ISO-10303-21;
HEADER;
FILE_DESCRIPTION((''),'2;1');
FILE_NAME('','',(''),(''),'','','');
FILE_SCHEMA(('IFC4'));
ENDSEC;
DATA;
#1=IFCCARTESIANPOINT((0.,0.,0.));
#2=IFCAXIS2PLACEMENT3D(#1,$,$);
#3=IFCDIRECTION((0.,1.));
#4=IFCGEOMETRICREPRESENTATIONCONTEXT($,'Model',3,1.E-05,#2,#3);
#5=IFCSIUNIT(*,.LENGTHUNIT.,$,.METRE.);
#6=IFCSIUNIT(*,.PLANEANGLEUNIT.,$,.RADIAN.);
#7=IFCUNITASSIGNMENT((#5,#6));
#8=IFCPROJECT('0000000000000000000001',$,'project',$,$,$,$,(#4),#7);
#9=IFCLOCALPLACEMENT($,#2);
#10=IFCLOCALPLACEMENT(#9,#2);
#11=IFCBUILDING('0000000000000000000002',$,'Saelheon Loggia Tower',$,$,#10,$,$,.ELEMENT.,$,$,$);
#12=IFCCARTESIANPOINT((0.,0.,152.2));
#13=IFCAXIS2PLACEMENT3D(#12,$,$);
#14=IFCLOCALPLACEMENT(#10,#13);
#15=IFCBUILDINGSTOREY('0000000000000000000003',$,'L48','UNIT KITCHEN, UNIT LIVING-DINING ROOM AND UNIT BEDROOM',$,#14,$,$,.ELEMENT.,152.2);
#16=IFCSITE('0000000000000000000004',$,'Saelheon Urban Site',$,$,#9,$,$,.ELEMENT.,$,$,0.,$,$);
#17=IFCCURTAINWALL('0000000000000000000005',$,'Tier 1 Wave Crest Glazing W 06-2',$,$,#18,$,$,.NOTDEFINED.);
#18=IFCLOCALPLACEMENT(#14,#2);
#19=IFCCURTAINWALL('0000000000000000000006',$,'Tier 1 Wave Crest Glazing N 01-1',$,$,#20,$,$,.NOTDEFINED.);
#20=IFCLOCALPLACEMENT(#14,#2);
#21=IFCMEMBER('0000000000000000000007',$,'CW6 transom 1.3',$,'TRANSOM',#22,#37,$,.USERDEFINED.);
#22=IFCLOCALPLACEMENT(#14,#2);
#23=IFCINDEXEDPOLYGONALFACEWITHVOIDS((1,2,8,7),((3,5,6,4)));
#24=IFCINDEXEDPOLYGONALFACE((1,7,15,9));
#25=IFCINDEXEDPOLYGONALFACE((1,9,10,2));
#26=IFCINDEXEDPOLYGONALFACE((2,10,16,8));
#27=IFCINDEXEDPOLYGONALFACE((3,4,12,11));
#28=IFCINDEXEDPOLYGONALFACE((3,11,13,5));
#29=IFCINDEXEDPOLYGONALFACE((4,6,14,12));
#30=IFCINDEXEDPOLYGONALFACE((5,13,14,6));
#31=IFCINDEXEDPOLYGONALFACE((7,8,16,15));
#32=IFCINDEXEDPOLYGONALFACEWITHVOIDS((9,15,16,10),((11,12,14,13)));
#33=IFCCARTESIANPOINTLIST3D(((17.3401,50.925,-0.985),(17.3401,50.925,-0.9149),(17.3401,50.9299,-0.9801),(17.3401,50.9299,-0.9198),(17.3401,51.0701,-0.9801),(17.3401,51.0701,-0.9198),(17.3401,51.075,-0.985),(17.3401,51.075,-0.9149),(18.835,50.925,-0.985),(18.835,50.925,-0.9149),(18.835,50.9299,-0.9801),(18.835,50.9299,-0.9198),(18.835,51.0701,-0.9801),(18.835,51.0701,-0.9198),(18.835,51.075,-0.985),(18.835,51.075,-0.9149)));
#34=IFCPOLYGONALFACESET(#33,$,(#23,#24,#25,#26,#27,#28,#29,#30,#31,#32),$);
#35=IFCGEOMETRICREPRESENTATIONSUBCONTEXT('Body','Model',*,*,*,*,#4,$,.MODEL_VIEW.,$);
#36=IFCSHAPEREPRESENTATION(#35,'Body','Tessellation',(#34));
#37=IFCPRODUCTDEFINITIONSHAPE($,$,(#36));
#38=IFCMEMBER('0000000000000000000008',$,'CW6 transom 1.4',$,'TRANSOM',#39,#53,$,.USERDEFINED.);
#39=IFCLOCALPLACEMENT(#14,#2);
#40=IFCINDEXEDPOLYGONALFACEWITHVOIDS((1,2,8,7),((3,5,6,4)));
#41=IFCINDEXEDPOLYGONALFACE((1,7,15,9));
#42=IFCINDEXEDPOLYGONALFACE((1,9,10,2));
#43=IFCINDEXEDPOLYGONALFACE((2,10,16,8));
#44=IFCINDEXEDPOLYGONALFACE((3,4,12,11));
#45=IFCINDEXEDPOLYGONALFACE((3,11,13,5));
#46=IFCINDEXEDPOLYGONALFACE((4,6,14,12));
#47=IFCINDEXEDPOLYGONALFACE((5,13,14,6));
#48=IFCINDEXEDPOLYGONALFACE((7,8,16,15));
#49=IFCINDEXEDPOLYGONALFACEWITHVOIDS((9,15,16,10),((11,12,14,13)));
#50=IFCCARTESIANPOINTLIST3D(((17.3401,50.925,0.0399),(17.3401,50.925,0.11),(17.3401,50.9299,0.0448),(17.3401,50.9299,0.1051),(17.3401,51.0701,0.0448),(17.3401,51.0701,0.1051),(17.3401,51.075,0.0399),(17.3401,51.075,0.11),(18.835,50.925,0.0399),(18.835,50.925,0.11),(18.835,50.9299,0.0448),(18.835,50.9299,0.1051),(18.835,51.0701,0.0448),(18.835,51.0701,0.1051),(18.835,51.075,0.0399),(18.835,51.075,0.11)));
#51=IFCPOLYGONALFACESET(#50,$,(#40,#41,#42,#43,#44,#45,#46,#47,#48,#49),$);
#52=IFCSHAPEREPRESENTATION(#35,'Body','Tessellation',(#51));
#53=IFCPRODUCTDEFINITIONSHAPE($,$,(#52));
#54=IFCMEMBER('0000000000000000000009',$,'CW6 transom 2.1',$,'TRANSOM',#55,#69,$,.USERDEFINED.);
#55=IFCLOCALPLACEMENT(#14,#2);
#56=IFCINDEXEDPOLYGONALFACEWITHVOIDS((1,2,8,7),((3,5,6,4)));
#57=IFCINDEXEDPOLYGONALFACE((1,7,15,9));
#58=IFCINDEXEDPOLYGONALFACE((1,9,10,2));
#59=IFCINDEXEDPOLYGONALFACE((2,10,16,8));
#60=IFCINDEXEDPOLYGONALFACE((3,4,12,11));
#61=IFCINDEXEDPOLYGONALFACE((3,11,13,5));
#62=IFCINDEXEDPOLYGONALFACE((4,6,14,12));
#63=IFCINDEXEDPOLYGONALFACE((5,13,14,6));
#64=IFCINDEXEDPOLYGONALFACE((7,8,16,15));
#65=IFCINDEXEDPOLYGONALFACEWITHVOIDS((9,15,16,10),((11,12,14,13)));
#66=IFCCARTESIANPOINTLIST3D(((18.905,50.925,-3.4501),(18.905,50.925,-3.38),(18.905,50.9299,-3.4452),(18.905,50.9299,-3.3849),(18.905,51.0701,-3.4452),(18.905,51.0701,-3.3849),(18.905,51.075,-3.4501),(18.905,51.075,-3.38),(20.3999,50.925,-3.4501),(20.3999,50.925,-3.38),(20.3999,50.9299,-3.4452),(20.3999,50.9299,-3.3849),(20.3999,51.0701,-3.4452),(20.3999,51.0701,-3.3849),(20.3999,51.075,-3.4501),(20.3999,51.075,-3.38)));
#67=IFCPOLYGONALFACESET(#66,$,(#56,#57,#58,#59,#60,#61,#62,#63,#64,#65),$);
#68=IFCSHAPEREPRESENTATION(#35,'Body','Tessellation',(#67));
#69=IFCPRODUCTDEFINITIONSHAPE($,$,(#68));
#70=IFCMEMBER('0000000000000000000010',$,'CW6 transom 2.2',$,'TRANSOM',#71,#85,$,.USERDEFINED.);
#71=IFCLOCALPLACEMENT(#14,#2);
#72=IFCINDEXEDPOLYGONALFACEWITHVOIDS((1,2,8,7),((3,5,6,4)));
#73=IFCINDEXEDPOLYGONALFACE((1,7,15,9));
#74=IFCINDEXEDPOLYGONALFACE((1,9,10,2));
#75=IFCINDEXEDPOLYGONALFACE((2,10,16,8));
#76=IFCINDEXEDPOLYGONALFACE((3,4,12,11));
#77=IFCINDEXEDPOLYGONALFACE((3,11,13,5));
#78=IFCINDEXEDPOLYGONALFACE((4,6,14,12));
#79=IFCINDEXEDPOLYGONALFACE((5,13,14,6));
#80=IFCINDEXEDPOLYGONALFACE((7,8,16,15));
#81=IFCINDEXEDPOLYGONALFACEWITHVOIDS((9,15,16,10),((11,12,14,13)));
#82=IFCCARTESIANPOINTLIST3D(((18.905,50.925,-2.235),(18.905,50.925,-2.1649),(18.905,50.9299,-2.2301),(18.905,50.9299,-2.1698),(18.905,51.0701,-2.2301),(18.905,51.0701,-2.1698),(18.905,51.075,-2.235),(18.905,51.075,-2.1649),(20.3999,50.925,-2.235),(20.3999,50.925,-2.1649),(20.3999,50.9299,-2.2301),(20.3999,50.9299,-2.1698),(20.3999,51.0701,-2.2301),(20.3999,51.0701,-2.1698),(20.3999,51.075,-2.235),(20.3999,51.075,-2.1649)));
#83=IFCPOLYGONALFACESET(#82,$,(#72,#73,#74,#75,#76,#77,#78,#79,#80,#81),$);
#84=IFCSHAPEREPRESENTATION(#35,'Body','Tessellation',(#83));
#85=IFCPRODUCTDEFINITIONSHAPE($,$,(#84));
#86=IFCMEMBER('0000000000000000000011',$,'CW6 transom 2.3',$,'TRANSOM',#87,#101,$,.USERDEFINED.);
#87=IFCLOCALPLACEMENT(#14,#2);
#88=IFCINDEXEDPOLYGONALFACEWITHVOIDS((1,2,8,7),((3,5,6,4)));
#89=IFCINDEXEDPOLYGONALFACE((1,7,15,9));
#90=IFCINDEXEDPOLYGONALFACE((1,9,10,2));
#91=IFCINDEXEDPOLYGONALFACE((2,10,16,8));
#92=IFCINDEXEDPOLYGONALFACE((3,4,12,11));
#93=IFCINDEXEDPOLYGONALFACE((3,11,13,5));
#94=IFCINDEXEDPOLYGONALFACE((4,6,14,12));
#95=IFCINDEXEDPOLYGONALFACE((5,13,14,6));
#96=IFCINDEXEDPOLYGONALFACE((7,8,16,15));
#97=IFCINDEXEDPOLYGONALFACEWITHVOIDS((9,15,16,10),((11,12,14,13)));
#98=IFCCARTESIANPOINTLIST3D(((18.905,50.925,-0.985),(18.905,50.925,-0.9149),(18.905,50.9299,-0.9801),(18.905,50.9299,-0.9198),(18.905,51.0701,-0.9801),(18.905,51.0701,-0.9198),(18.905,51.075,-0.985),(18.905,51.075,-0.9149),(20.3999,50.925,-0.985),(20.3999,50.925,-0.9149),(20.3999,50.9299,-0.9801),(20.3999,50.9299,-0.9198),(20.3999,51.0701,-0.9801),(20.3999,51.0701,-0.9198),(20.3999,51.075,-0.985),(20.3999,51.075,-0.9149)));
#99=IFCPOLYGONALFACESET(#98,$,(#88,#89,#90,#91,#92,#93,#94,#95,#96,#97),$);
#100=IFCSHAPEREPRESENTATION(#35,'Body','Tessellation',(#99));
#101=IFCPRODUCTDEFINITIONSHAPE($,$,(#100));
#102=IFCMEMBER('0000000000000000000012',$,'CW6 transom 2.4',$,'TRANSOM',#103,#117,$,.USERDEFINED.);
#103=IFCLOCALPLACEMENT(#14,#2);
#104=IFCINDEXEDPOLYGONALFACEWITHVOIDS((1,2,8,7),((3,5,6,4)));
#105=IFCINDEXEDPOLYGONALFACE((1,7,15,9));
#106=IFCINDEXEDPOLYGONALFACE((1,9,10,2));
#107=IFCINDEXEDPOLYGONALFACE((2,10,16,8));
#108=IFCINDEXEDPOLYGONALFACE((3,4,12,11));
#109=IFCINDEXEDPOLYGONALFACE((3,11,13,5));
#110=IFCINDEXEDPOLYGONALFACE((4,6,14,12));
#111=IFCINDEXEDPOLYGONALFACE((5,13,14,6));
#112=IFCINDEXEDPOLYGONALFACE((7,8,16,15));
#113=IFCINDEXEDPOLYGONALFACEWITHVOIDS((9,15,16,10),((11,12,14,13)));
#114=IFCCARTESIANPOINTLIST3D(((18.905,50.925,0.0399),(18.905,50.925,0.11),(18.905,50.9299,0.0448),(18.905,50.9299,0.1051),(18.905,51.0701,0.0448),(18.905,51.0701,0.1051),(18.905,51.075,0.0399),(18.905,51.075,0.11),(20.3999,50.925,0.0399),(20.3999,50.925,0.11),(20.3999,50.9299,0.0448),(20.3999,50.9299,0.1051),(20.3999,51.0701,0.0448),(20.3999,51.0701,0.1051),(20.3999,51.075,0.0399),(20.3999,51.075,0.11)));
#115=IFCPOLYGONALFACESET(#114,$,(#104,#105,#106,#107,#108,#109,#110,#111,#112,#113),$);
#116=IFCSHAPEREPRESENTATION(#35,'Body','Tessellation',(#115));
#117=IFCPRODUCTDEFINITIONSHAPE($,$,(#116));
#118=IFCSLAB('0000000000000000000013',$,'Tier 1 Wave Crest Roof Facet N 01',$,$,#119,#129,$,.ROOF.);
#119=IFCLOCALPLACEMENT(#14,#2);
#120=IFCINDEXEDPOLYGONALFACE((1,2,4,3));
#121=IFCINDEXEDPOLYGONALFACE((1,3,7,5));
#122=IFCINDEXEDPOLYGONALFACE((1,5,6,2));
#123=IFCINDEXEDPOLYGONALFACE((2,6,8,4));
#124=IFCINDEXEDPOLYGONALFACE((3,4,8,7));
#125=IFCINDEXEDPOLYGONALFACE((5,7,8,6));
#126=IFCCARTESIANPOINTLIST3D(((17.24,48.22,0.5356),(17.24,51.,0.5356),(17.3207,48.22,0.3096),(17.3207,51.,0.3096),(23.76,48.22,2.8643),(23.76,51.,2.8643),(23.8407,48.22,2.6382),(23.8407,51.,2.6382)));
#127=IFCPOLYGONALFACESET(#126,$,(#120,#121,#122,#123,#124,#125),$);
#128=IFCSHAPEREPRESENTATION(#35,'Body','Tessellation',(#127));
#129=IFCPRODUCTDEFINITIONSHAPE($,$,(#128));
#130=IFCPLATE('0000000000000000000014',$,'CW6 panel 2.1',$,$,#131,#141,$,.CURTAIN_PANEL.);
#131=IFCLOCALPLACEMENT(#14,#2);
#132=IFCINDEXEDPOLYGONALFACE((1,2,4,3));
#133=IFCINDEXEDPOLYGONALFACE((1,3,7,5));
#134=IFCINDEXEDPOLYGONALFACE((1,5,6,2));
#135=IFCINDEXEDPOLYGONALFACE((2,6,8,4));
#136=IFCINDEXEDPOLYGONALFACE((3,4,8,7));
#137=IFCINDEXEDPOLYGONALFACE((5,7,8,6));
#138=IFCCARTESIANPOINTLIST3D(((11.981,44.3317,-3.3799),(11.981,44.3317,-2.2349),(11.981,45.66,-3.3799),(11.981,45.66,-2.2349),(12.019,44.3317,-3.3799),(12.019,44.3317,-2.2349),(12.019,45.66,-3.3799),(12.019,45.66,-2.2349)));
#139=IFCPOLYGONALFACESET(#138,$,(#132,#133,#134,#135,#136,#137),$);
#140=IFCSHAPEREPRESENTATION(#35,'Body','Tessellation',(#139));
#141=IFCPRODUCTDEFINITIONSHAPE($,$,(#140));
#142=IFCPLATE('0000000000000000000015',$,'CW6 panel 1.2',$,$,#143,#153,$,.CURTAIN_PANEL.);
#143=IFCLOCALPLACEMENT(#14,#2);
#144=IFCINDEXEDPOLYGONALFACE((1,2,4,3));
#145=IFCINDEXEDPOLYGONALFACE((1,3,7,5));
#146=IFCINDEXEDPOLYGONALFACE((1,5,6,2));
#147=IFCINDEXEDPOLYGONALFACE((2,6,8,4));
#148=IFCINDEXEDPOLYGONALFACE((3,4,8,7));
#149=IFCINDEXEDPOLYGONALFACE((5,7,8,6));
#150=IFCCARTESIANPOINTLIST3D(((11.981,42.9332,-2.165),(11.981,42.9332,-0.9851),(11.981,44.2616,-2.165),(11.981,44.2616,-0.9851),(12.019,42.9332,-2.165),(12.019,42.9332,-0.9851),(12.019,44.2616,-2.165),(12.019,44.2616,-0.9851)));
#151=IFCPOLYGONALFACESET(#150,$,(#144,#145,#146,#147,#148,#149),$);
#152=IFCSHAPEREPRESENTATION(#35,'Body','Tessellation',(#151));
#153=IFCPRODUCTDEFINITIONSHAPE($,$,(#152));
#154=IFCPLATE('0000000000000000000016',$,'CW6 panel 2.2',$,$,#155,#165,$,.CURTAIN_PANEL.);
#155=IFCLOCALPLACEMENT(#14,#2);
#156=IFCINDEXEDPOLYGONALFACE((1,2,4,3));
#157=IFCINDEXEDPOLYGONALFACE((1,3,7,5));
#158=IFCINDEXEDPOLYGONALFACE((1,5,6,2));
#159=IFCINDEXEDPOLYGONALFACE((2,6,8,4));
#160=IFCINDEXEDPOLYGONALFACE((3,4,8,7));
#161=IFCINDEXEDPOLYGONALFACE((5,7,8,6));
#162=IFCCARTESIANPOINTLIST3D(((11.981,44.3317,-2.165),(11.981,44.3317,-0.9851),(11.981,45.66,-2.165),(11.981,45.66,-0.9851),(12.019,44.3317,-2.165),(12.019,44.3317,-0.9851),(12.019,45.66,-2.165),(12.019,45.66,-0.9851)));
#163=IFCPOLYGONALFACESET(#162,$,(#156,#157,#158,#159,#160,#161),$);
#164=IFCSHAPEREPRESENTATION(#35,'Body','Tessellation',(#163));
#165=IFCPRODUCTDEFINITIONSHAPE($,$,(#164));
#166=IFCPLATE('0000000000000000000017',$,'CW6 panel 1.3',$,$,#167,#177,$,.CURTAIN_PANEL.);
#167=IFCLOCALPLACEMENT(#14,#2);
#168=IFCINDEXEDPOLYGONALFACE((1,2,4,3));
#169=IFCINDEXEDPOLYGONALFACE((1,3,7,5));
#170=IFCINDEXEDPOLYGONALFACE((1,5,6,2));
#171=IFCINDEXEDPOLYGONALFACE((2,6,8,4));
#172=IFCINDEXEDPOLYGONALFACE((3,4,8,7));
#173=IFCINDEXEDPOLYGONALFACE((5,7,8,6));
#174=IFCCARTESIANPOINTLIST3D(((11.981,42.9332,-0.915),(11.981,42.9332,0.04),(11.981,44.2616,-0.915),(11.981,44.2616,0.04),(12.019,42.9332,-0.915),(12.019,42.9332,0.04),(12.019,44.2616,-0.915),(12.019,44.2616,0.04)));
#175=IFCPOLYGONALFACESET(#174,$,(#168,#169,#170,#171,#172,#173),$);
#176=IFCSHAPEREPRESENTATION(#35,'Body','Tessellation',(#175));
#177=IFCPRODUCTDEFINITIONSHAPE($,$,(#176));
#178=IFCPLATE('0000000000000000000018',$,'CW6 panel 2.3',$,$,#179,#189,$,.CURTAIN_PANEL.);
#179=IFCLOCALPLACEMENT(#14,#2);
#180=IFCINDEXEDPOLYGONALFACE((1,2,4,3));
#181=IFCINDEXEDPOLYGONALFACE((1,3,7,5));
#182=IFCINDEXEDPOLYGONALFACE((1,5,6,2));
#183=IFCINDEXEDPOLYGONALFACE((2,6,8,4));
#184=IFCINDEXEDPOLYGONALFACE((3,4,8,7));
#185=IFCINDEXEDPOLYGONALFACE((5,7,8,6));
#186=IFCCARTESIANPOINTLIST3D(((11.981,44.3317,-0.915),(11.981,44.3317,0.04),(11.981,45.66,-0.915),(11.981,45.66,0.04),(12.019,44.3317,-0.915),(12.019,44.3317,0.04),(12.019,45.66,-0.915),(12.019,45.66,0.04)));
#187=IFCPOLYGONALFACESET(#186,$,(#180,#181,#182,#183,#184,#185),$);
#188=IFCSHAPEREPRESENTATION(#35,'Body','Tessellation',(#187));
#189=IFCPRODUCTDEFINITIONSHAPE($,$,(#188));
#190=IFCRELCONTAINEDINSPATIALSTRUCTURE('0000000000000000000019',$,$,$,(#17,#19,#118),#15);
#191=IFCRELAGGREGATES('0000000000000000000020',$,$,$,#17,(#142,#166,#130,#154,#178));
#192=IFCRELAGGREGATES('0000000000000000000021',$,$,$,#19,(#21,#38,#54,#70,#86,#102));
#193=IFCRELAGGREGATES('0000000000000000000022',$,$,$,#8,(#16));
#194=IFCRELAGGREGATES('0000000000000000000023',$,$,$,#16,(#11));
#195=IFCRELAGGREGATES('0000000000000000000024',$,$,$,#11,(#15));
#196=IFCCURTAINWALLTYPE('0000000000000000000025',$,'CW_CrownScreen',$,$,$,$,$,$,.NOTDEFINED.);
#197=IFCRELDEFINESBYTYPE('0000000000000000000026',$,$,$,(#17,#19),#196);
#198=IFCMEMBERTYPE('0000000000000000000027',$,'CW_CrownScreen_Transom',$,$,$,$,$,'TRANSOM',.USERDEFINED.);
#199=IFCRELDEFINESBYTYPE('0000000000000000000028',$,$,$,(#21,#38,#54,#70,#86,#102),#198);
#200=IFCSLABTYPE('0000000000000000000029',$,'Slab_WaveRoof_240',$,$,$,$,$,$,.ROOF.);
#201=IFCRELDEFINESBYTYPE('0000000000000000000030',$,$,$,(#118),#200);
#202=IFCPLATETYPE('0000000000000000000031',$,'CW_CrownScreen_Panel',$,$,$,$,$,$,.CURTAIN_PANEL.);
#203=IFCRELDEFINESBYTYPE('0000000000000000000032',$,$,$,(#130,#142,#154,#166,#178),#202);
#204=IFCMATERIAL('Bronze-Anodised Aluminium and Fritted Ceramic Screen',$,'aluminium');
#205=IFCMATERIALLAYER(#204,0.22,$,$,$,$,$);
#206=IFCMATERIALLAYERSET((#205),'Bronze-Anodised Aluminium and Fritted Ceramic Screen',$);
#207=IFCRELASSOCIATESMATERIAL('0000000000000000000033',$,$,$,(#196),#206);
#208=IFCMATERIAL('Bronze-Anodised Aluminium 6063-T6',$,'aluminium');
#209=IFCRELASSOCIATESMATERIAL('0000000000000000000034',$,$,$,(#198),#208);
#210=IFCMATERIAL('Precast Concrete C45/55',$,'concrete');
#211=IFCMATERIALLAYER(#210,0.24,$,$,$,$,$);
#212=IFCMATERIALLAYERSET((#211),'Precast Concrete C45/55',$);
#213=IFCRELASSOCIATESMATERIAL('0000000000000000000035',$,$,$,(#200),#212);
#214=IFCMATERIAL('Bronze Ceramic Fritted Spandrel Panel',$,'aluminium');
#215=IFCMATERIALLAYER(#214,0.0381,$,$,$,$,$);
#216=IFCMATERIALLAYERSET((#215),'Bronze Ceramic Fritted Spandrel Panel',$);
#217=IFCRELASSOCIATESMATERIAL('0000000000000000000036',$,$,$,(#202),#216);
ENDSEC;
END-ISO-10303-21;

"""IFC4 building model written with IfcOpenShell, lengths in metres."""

from ifc_helpers import new_model, si_unit, direction, frame, origin, origin_2d, place, context, subcontext, project, spatial, polyline, rectangle, hollow_rectangle, outline, extrude, source, transform, mapped, material, layer, layer_set, material_profile, profile_set, type_object, element, aggregate, save


model = new_model("IFC4")

# Units and contexts
model_context = context("Model", 3, precision=1e-05, world=origin(), true_north=direction((0.0, 1.0)))
body_context = subcontext(model_context, "Body", "Model", "MODEL_VIEW")
ifc_project = project(units=[si_unit("LENGTHUNIT", "METRE"), si_unit("PLANEANGLEUNIT", "RADIAN")], contexts=[model_context])

# Site, building, storey
site_placement = place(None, origin())
site = spatial("IfcSite", under=ifc_project, at=site_placement, Name="Saelheon Urban Site", CompositionType="ELEMENT", RefElevation=0.0)
building_placement = place(site_placement, origin())
building = spatial("IfcBuilding", under=site, at=building_placement, Name="Saelheon Loggia Tower", CompositionType="ELEMENT")
storey_placement = place(building_placement, frame((0.0, 0.0, 152.2)))
storey = spatial("IfcBuildingStorey", under=building, at=storey_placement, Name="L48", Description="UNIT KITCHEN, UNIT LIVING-DINING ROOM AND UNIT BEDROOM", CompositionType="ELEMENT", Elevation=152.2)

# Curtain walls
ifc_material_1 = material(Name="Bronze-Anodised Aluminium and Fritted Ceramic Screen", Category="aluminium")
ifc_layer_1 = layer(ifc_material_1, 0.22)
ifc_layer_set_1 = layer_set([ifc_layer_1], Name="Bronze-Anodised Aluminium and Fritted Ceramic Screen")
curtain_wall_type = type_object("IfcCurtainWallType", Name="CW_CrownScreen", PredefinedType="NOTDEFINED", material=ifc_layer_set_1)
curtain_wall_1_placement = place(storey_placement, origin())
curtain_wall_1 = element("IfcCurtainWall", 1, at=curtain_wall_1_placement, inside=storey, type_object=curtain_wall_type, Name="Tier 1 Wave Crest Glazing W 06-2", PredefinedType="NOTDEFINED")
ifc_material_2 = material(Name="Bronze-Anodised Aluminium 6063-T6", Category="aluminium")
curtain_wall_2_placement = place(storey_placement, origin())
curtain_wall_2 = element("IfcCurtainWall", 2, at=curtain_wall_2_placement, inside=storey, type_object=curtain_wall_type, Name="Tier 1 Wave Crest Glazing N 01-1", PredefinedType="NOTDEFINED")

# Members
ifc_material_profile_1 = material_profile(ifc_material_2, hollow_rectangle(XDim=0.0701, YDim=0.1499, WallThickness=0.0049, at=origin_2d()), Name="RHS-150x70x5")
ifc_profile_set_1 = profile_set([ifc_material_profile_1], Name="Bronze-Anodised Aluminium 6063-T6")
member_type_1 = type_object("IfcMemberType", Name="CW_CrownScreen_Transom", ElementType="TRANSOM", PredefinedType="USERDEFINED", material=ifc_profile_set_1)
shared_shape_1 = source(origin(), body_context, "Body", "SweptSolid", [
    extrude(hollow_rectangle(XDim=0.0701, YDim=0.1499, WallThickness=0.0049, at=origin_2d()), origin(), (0.0, 0.0, 1.0), 1.4949),
])
member_1_placement = place(storey_placement, frame((17.3401, 51.0, -0.95), z_axis=(1.0, 0.0, 0.0), x_axis=(0.0, 0.0, 1.0)))
member_1 = element("IfcMember", 3, at=member_1_placement, type_object=member_type_1, Name="CW6 transom 1.3", ObjectType="TRANSOM", PredefinedType="USERDEFINED", context=body_context, shape_type="MappedRepresentation", body=[
    mapped(shared_shape_1, transform((0.0, 0.0, 0.0), scale=1.0)),
])
member_2_placement = place(storey_placement, frame((17.3401, 51.0, 0.075), z_axis=(1.0, 0.0, 0.0), x_axis=(0.0, 0.0, 1.0)))
member_2 = element("IfcMember", 4, at=member_2_placement, type_object=member_type_1, Name="CW6 transom 1.4", ObjectType="TRANSOM", PredefinedType="USERDEFINED", context=body_context, shape_type="MappedRepresentation", body=[
    mapped(shared_shape_1, transform((0.0, 0.0, 0.0), scale=1.0)),
])
member_3_placement = place(storey_placement, frame((18.905, 51.0, -3.415), z_axis=(1.0, 0.0, 0.0), x_axis=(0.0, 0.0, 1.0)))
member_3 = element("IfcMember", 5, at=member_3_placement, type_object=member_type_1, Name="CW6 transom 2.1", ObjectType="TRANSOM", PredefinedType="USERDEFINED", context=body_context, shape_type="MappedRepresentation", body=[
    mapped(shared_shape_1, transform((0.0, 0.0, 0.0), scale=1.0)),
])
member_4_placement = place(storey_placement, frame((18.905, 51.0, -2.2), z_axis=(1.0, 0.0, 0.0), x_axis=(0.0, 0.0, 1.0)))
member_4 = element("IfcMember", 6, at=member_4_placement, type_object=member_type_1, Name="CW6 transom 2.2", ObjectType="TRANSOM", PredefinedType="USERDEFINED", context=body_context, shape_type="MappedRepresentation", body=[
    mapped(shared_shape_1, transform((0.0, 0.0, 0.0), scale=1.0)),
])
member_5_placement = place(storey_placement, frame((18.905, 51.0, -0.95), z_axis=(1.0, 0.0, 0.0), x_axis=(0.0, 0.0, 1.0)))
member_5 = element("IfcMember", 7, at=member_5_placement, type_object=member_type_1, Name="CW6 transom 2.3", ObjectType="TRANSOM", PredefinedType="USERDEFINED", context=body_context, shape_type="MappedRepresentation", body=[
    mapped(shared_shape_1, transform((0.0, 0.0, 0.0), scale=1.0)),
])
member_6_placement = place(storey_placement, frame((18.905, 51.0, 0.075), z_axis=(1.0, 0.0, 0.0), x_axis=(0.0, 0.0, 1.0)))
member_6 = element("IfcMember", 8, at=member_6_placement, type_object=member_type_1, Name="CW6 transom 2.4", ObjectType="TRANSOM", PredefinedType="USERDEFINED", context=body_context, shape_type="MappedRepresentation", body=[
    mapped(shared_shape_1, transform((0.0, 0.0, 0.0), scale=1.0)),
])

# Slab
ifc_material_3 = material(Name="Precast Concrete C45/55", Category="concrete")
ifc_layer_2 = layer(ifc_material_3, 0.24)
ifc_layer_set_2 = layer_set([ifc_layer_2], Name="Precast Concrete C45/55")
slab_type = type_object("IfcSlabType", Name="Slab_WaveRoof_240", PredefinedType="ROOF", material=ifc_layer_set_2)
slab_placement = place(storey_placement, frame((17.24, 48.22, 0.5356), z_axis=(-0.336341, 0.0, 0.94174), x_axis=(0.0, 1.0, 0.0)))
element("IfcSlab", 9, at=slab_placement, inside=storey, type_object=slab_type, Name="Tier 1 Wave Crest Roof Facet N 01", PredefinedType="ROOF", context=body_context, shape_type="SweptSolid", body=[
    extrude(outline(polyline([(0.0, 0.0), (2.78, 0.0), (2.78, -6.9234), (0.0, -6.9234), (0.0, 0.0)])), origin(), (0.0, 0.0, -1.0), 0.24),
])

# Plates
ifc_material_4 = material(Name="Bronze Ceramic Fritted Spandrel Panel", Category="aluminium")
ifc_layer_3 = layer(ifc_material_4, 0.0381)
ifc_layer_set_3 = layer_set([ifc_layer_3], Name="Bronze Ceramic Fritted Spandrel Panel")
plate_type = type_object("IfcPlateType", Name="CW_CrownScreen_Panel", PredefinedType="CURTAIN_PANEL", material=ifc_layer_set_3)
shared_shape_2 = source(origin(), body_context, "Body", "SweptSolid", [
    extrude(rectangle(XDim=1.3284, YDim=0.0381, at=origin_2d()), origin(), (0.0, 0.0, 1.0), 1.145),
])
plate_1_placement = place(storey_placement, frame((12.0, 44.9958, -3.3799), z_axis=(0.0, 0.0, 1.0), x_axis=(0.0, 1.0, 0.0)))
plate_1 = element("IfcPlate", 10, at=plate_1_placement, type_object=plate_type, Name="CW6 panel 2.1", PredefinedType="CURTAIN_PANEL", context=body_context, shape_type="MappedRepresentation", body=[
    mapped(shared_shape_2, transform((0.0, 0.0, 0.0), scale=1.0)),
])
shared_shape_3 = source(origin(), body_context, "Body", "SweptSolid", [
    extrude(rectangle(XDim=1.3284, YDim=0.0381, at=origin_2d()), origin(), (0.0, 0.0, 1.0), 1.1799),
])
plate_2_placement = place(storey_placement, frame((12.0, 43.5974, -2.165), z_axis=(0.0, 0.0, 1.0), x_axis=(0.0, 1.0, 0.0)))
plate_2 = element("IfcPlate", 11, at=plate_2_placement, type_object=plate_type, Name="CW6 panel 1.2", PredefinedType="CURTAIN_PANEL", context=body_context, shape_type="MappedRepresentation", body=[
    mapped(shared_shape_3, transform((0.0, 0.0, 0.0), scale=1.0)),
])
plate_3_placement = place(storey_placement, frame((12.0, 44.9958, -2.165), z_axis=(0.0, 0.0, 1.0), x_axis=(0.0, 1.0, 0.0)))
plate_3 = element("IfcPlate", 12, at=plate_3_placement, type_object=plate_type, Name="CW6 panel 2.2", PredefinedType="CURTAIN_PANEL", context=body_context, shape_type="MappedRepresentation", body=[
    mapped(shared_shape_3, transform((0.0, 0.0, 0.0), scale=1.0)),
])
shared_shape_4 = source(origin(), body_context, "Body", "SweptSolid", [
    extrude(rectangle(XDim=1.3284, YDim=0.0381, at=origin_2d()), origin(), (0.0, 0.0, 1.0), 0.9551),
])
plate_4_placement = place(storey_placement, frame((12.0, 43.5974, -0.915), z_axis=(0.0, 0.0, 1.0), x_axis=(0.0, 1.0, 0.0)))
plate_4 = element("IfcPlate", 13, at=plate_4_placement, type_object=plate_type, Name="CW6 panel 1.3", PredefinedType="CURTAIN_PANEL", context=body_context, shape_type="MappedRepresentation", body=[
    mapped(shared_shape_4, transform((0.0, 0.0, 0.0), scale=1.0)),
])
plate_5_placement = place(storey_placement, frame((12.0, 44.9958, -0.915), z_axis=(0.0, 0.0, 1.0), x_axis=(0.0, 1.0, 0.0)))
plate_5 = element("IfcPlate", 14, at=plate_5_placement, type_object=plate_type, Name="CW6 panel 2.3", PredefinedType="CURTAIN_PANEL", context=body_context, shape_type="MappedRepresentation", body=[
    mapped(shared_shape_4, transform((0.0, 0.0, 0.0), scale=1.0)),
])
aggregate(curtain_wall_1, [plate_2, plate_4, plate_1, plate_3, plate_5])
aggregate(curtain_wall_2, [member_1, member_2, member_3, member_4, member_5, member_6])

save(model, "model.ifc")
